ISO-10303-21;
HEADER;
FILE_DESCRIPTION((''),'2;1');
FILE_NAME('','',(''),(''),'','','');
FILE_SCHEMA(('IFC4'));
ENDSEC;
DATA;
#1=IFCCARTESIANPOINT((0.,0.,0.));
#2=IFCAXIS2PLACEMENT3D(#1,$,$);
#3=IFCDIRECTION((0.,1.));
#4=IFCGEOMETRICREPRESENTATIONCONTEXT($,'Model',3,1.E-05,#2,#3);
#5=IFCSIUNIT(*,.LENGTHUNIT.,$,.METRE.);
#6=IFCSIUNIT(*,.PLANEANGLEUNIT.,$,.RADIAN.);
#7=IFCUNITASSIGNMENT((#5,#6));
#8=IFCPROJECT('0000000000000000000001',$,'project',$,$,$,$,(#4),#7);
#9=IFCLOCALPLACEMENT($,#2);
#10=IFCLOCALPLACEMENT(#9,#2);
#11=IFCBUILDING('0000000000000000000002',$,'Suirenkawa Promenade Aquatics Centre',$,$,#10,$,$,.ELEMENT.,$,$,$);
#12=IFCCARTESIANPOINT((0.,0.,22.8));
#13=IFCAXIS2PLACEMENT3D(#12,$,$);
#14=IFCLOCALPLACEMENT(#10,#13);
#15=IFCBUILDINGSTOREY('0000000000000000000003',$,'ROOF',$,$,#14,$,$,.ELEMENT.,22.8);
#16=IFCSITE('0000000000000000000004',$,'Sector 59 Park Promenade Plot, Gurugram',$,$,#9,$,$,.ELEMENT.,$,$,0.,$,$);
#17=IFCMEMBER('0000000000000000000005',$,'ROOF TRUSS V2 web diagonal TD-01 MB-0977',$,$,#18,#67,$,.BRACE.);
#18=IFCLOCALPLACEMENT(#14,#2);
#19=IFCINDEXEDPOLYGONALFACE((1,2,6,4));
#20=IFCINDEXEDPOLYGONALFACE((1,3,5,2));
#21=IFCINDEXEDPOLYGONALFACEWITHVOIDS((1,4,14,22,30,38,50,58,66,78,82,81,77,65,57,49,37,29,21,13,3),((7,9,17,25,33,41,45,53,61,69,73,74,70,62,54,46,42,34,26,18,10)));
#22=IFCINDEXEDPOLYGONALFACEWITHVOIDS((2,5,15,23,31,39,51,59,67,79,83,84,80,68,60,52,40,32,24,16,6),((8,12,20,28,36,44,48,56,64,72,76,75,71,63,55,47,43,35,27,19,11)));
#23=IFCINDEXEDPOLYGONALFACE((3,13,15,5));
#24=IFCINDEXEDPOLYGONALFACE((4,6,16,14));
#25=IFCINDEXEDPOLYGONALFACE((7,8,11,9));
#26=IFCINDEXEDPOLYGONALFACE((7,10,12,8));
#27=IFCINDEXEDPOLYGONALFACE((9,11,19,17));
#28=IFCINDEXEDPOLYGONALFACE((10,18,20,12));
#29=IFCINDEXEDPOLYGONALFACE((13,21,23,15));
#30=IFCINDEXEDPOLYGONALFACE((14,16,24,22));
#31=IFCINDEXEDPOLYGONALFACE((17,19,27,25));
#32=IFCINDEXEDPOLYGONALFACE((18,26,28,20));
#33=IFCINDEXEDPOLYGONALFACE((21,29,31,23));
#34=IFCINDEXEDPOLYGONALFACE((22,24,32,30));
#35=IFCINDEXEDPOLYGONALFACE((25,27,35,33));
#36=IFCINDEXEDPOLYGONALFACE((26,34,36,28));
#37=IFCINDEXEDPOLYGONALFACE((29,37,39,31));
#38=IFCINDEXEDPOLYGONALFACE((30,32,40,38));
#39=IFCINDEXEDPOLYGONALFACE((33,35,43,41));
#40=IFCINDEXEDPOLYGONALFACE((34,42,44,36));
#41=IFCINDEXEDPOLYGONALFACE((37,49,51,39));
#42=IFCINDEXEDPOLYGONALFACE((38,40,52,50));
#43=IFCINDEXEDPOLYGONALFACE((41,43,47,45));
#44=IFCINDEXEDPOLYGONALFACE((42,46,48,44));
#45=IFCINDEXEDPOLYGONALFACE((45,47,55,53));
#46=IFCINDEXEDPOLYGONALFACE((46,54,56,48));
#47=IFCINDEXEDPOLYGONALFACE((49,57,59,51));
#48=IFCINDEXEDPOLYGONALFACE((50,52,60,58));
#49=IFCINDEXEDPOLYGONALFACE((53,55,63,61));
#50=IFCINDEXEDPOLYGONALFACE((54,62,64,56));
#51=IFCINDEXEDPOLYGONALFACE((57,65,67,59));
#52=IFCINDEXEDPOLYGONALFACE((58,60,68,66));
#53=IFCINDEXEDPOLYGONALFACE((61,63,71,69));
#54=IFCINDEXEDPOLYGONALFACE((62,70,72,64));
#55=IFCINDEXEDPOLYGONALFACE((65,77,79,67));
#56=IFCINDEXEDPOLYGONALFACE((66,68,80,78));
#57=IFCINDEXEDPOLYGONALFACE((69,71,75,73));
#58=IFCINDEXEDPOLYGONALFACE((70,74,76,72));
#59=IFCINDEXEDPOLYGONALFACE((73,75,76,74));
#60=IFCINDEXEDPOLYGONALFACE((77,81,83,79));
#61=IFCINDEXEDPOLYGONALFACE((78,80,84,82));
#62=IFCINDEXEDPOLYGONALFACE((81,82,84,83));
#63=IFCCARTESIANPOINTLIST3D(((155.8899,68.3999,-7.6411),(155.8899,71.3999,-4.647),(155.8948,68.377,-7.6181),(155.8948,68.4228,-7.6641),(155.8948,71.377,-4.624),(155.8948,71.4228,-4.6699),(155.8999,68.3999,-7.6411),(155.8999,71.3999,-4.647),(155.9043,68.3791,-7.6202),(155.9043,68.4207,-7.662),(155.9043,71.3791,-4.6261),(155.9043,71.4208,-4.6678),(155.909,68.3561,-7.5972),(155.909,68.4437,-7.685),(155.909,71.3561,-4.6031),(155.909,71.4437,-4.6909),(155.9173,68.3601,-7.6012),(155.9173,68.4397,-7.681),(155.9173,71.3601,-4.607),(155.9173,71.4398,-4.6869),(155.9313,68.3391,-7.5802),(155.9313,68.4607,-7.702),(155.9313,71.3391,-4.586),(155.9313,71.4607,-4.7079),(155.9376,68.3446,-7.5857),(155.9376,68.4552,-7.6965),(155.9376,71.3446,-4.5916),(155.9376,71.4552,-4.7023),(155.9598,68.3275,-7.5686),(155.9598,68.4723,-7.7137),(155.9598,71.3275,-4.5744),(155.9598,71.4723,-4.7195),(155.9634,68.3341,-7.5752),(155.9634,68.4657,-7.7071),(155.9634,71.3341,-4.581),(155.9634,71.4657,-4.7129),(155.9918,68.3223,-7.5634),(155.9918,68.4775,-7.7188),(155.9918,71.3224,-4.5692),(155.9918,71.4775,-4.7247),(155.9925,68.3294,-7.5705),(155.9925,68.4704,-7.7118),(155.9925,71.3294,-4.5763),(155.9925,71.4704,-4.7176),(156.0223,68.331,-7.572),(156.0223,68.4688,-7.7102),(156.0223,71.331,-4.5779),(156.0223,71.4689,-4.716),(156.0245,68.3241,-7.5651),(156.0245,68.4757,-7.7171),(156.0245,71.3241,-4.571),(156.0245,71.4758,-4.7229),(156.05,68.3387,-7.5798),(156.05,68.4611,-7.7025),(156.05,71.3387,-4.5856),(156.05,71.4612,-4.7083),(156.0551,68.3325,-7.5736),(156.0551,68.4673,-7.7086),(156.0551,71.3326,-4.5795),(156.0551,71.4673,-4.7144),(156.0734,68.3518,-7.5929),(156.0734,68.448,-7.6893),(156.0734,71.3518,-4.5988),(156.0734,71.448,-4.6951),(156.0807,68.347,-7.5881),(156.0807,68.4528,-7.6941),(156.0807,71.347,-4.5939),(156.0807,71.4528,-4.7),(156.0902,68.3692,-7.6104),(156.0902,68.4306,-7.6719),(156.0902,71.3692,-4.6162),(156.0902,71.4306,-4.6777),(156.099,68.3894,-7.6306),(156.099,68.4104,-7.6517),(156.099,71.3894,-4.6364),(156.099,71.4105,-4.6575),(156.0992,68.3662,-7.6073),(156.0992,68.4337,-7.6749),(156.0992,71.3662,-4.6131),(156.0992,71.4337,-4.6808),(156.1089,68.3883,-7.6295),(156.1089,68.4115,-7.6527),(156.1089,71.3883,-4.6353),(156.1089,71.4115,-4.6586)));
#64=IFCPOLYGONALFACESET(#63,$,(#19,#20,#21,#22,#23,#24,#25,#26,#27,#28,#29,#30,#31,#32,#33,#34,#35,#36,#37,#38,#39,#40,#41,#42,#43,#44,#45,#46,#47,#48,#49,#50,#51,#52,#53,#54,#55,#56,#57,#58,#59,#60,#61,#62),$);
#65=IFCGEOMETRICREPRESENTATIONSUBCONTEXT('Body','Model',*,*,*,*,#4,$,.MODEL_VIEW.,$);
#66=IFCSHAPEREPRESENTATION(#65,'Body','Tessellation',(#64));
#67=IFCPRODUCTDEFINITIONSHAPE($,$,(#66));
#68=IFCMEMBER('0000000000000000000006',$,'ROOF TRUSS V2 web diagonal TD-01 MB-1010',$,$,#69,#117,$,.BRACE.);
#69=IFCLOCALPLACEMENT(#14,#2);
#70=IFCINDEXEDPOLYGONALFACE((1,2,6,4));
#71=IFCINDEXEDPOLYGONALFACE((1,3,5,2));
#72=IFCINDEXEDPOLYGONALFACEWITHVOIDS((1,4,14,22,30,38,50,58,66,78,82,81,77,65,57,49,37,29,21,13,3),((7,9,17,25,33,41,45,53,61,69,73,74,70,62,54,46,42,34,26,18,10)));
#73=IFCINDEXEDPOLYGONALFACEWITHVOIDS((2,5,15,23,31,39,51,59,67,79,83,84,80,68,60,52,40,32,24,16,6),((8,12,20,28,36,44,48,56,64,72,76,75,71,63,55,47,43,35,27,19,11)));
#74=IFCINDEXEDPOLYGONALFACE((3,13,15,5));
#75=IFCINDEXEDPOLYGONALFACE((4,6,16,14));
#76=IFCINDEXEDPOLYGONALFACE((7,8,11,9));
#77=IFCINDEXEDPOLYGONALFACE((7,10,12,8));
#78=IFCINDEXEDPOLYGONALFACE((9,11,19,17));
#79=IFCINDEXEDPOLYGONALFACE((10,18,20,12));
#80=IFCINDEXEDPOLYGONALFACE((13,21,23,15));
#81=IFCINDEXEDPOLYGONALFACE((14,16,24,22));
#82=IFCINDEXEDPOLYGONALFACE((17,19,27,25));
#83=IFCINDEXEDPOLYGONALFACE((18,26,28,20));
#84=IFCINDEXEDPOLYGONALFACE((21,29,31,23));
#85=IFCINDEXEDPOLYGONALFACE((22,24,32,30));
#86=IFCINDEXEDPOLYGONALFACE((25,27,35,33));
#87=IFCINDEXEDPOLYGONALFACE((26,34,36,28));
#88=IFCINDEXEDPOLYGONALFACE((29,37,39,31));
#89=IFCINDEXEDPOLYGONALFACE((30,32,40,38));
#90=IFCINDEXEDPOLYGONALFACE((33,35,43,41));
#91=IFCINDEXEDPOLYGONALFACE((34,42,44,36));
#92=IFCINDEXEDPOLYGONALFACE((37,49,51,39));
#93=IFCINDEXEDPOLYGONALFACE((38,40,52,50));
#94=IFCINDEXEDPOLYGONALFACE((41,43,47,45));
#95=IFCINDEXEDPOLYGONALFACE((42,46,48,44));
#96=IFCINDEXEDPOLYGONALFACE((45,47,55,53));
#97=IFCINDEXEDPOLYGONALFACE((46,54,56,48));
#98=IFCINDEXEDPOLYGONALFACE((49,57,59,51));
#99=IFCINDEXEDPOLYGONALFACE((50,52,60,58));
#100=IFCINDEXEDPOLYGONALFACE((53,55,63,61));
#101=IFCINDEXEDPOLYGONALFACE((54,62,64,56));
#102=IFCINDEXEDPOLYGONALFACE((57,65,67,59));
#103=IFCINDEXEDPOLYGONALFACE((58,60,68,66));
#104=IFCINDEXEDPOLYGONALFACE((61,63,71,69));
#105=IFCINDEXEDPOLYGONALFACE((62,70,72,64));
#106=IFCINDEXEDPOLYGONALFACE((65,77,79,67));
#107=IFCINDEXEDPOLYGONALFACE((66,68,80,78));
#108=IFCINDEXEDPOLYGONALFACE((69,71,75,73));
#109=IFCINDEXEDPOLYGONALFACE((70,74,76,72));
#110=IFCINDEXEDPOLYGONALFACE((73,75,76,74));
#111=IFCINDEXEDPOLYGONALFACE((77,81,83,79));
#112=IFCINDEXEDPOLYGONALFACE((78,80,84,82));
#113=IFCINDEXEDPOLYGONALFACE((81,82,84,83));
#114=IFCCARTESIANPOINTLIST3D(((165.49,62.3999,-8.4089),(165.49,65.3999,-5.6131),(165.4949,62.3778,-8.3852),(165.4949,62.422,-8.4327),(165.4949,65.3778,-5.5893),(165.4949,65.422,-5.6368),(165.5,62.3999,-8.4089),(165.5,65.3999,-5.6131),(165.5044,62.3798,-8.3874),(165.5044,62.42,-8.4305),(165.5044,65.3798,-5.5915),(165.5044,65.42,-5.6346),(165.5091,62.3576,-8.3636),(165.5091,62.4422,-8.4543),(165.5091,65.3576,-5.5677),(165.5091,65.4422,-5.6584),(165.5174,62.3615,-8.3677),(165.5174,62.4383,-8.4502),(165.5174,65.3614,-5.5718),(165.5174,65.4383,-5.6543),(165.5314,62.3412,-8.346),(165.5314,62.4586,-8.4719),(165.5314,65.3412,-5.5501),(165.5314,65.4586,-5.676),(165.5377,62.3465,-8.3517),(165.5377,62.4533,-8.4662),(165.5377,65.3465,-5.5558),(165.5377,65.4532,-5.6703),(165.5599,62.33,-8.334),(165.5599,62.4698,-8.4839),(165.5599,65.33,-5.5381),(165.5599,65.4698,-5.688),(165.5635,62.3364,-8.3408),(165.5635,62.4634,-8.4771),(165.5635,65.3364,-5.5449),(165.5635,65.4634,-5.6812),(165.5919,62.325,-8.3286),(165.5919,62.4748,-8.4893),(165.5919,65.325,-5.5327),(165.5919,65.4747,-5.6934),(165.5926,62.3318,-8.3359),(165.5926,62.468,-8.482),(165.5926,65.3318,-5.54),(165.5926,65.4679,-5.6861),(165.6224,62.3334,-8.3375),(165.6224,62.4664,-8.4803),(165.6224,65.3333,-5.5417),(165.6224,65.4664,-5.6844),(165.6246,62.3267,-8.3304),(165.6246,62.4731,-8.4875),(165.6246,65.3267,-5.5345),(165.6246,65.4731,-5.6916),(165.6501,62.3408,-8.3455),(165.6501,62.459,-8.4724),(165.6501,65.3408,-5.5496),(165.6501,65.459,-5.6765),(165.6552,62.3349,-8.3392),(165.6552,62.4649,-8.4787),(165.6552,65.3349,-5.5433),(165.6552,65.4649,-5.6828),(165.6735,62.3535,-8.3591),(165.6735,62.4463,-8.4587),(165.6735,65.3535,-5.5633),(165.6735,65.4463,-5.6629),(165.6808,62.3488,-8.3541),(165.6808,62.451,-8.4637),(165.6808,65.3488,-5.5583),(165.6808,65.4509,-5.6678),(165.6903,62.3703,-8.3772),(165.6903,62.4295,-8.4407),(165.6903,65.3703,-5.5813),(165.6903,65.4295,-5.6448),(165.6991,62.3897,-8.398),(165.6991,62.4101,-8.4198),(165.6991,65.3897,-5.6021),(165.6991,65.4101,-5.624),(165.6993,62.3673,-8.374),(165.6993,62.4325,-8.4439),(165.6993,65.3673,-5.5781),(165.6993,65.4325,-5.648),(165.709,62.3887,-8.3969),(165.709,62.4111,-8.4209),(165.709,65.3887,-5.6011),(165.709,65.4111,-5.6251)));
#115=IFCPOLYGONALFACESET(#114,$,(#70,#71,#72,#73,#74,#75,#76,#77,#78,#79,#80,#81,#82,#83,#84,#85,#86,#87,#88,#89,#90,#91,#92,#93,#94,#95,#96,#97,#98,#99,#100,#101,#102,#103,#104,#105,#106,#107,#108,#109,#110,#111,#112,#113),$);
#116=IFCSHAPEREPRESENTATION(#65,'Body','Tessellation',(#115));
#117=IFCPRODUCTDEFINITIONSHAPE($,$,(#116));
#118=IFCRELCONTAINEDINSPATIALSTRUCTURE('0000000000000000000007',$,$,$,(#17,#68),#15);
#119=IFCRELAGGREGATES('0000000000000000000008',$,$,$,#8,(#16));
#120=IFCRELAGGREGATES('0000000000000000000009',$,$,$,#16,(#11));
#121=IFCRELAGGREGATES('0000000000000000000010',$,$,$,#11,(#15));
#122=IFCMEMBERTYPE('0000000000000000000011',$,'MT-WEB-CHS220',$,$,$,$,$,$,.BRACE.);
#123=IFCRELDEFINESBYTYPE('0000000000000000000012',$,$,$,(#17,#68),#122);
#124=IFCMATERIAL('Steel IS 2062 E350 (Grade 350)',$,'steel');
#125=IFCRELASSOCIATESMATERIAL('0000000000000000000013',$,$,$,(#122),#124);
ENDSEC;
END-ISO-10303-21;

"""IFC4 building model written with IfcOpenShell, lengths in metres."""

from ifc_helpers import new_model, si_unit, direction, frame, origin, origin_2d, place, context, subcontext, project, spatial, hollow_circle, extrude, material, material_profile, profile_set, type_object, element, save


model = new_model("IFC4")

# Units and contexts
model_context = context("Model", 3, precision=1e-05, world=origin(), true_north=direction((0.0, 1.0)))
body_context = subcontext(model_context, "Body", "Model", "MODEL_VIEW")
ifc_project = project(units=[si_unit("LENGTHUNIT", "METRE"), si_unit("PLANEANGLEUNIT", "RADIAN")], contexts=[model_context])

# Site, building, storey
site_placement = place(None, origin())
site = spatial("IfcSite", under=ifc_project, at=site_placement, Name="Sector 59 Park Promenade Plot, Gurugram", CompositionType="ELEMENT", RefElevation=0.0)
building_placement = place(site_placement, origin())
building = spatial("IfcBuilding", under=site, at=building_placement, Name="Suirenkawa Promenade Aquatics Centre", CompositionType="ELEMENT")
storey_placement = place(building_placement, frame((0.0, 0.0, 22.8)))
storey = spatial("IfcBuildingStorey", under=building, at=storey_placement, Name="ROOF", CompositionType="ELEMENT", Elevation=22.8)

# Shared definitions
ifc_material = material(Name="Steel IS 2062 E350 (Grade 350)", Category="steel")

# Members
ifc_material_profile_1 = material_profile(ifc_material, hollow_circle(Radius=0.1101, WallThickness=0.01, at=origin_2d()), Name="CHS 220x10", Category="steel")
ifc_profile_set_1 = profile_set([ifc_material_profile_1], Name="Steel IS 2062 E350 (Grade 350)")
member_type_1 = type_object("IfcMemberType", Name="MT-WEB-CHS220", PredefinedType="BRACE", material=ifc_profile_set_1)
member_1_placement = place(storey_placement, frame((156.0, 68.3999, -7.6411), z_axis=(0.0, 0.707798, 0.706415), x_axis=(-1.0, 0.0, 0.0)))
element("IfcMember", 1, at=member_1_placement, inside=storey, type_object=member_type_1, Name="ROOF TRUSS V2 web diagonal TD-01 MB-0977", PredefinedType="BRACE", context=body_context, shape_type="SweptSolid", body=[
    extrude(hollow_circle(Radius=0.1101, WallThickness=0.01, at=origin_2d()), origin(), (0.0, 0.0, 1.0), 4.2385),
])
member_2_placement = place(storey_placement, frame((165.6001, 62.3999, -8.4089), z_axis=(0.0, 0.731554, 0.681784), x_axis=(-1.0, 0.0, 0.0)))
element("IfcMember", 2, at=member_2_placement, inside=storey, type_object=member_type_1, Name="ROOF TRUSS V2 web diagonal TD-01 MB-1010", PredefinedType="BRACE", context=body_context, shape_type="SweptSolid", body=[
    extrude(hollow_circle(Radius=0.1101, WallThickness=0.01, at=origin_2d()), origin(), (0.0, 0.0, 1.0), 4.1008),
])

save(model, "model.ifc")
